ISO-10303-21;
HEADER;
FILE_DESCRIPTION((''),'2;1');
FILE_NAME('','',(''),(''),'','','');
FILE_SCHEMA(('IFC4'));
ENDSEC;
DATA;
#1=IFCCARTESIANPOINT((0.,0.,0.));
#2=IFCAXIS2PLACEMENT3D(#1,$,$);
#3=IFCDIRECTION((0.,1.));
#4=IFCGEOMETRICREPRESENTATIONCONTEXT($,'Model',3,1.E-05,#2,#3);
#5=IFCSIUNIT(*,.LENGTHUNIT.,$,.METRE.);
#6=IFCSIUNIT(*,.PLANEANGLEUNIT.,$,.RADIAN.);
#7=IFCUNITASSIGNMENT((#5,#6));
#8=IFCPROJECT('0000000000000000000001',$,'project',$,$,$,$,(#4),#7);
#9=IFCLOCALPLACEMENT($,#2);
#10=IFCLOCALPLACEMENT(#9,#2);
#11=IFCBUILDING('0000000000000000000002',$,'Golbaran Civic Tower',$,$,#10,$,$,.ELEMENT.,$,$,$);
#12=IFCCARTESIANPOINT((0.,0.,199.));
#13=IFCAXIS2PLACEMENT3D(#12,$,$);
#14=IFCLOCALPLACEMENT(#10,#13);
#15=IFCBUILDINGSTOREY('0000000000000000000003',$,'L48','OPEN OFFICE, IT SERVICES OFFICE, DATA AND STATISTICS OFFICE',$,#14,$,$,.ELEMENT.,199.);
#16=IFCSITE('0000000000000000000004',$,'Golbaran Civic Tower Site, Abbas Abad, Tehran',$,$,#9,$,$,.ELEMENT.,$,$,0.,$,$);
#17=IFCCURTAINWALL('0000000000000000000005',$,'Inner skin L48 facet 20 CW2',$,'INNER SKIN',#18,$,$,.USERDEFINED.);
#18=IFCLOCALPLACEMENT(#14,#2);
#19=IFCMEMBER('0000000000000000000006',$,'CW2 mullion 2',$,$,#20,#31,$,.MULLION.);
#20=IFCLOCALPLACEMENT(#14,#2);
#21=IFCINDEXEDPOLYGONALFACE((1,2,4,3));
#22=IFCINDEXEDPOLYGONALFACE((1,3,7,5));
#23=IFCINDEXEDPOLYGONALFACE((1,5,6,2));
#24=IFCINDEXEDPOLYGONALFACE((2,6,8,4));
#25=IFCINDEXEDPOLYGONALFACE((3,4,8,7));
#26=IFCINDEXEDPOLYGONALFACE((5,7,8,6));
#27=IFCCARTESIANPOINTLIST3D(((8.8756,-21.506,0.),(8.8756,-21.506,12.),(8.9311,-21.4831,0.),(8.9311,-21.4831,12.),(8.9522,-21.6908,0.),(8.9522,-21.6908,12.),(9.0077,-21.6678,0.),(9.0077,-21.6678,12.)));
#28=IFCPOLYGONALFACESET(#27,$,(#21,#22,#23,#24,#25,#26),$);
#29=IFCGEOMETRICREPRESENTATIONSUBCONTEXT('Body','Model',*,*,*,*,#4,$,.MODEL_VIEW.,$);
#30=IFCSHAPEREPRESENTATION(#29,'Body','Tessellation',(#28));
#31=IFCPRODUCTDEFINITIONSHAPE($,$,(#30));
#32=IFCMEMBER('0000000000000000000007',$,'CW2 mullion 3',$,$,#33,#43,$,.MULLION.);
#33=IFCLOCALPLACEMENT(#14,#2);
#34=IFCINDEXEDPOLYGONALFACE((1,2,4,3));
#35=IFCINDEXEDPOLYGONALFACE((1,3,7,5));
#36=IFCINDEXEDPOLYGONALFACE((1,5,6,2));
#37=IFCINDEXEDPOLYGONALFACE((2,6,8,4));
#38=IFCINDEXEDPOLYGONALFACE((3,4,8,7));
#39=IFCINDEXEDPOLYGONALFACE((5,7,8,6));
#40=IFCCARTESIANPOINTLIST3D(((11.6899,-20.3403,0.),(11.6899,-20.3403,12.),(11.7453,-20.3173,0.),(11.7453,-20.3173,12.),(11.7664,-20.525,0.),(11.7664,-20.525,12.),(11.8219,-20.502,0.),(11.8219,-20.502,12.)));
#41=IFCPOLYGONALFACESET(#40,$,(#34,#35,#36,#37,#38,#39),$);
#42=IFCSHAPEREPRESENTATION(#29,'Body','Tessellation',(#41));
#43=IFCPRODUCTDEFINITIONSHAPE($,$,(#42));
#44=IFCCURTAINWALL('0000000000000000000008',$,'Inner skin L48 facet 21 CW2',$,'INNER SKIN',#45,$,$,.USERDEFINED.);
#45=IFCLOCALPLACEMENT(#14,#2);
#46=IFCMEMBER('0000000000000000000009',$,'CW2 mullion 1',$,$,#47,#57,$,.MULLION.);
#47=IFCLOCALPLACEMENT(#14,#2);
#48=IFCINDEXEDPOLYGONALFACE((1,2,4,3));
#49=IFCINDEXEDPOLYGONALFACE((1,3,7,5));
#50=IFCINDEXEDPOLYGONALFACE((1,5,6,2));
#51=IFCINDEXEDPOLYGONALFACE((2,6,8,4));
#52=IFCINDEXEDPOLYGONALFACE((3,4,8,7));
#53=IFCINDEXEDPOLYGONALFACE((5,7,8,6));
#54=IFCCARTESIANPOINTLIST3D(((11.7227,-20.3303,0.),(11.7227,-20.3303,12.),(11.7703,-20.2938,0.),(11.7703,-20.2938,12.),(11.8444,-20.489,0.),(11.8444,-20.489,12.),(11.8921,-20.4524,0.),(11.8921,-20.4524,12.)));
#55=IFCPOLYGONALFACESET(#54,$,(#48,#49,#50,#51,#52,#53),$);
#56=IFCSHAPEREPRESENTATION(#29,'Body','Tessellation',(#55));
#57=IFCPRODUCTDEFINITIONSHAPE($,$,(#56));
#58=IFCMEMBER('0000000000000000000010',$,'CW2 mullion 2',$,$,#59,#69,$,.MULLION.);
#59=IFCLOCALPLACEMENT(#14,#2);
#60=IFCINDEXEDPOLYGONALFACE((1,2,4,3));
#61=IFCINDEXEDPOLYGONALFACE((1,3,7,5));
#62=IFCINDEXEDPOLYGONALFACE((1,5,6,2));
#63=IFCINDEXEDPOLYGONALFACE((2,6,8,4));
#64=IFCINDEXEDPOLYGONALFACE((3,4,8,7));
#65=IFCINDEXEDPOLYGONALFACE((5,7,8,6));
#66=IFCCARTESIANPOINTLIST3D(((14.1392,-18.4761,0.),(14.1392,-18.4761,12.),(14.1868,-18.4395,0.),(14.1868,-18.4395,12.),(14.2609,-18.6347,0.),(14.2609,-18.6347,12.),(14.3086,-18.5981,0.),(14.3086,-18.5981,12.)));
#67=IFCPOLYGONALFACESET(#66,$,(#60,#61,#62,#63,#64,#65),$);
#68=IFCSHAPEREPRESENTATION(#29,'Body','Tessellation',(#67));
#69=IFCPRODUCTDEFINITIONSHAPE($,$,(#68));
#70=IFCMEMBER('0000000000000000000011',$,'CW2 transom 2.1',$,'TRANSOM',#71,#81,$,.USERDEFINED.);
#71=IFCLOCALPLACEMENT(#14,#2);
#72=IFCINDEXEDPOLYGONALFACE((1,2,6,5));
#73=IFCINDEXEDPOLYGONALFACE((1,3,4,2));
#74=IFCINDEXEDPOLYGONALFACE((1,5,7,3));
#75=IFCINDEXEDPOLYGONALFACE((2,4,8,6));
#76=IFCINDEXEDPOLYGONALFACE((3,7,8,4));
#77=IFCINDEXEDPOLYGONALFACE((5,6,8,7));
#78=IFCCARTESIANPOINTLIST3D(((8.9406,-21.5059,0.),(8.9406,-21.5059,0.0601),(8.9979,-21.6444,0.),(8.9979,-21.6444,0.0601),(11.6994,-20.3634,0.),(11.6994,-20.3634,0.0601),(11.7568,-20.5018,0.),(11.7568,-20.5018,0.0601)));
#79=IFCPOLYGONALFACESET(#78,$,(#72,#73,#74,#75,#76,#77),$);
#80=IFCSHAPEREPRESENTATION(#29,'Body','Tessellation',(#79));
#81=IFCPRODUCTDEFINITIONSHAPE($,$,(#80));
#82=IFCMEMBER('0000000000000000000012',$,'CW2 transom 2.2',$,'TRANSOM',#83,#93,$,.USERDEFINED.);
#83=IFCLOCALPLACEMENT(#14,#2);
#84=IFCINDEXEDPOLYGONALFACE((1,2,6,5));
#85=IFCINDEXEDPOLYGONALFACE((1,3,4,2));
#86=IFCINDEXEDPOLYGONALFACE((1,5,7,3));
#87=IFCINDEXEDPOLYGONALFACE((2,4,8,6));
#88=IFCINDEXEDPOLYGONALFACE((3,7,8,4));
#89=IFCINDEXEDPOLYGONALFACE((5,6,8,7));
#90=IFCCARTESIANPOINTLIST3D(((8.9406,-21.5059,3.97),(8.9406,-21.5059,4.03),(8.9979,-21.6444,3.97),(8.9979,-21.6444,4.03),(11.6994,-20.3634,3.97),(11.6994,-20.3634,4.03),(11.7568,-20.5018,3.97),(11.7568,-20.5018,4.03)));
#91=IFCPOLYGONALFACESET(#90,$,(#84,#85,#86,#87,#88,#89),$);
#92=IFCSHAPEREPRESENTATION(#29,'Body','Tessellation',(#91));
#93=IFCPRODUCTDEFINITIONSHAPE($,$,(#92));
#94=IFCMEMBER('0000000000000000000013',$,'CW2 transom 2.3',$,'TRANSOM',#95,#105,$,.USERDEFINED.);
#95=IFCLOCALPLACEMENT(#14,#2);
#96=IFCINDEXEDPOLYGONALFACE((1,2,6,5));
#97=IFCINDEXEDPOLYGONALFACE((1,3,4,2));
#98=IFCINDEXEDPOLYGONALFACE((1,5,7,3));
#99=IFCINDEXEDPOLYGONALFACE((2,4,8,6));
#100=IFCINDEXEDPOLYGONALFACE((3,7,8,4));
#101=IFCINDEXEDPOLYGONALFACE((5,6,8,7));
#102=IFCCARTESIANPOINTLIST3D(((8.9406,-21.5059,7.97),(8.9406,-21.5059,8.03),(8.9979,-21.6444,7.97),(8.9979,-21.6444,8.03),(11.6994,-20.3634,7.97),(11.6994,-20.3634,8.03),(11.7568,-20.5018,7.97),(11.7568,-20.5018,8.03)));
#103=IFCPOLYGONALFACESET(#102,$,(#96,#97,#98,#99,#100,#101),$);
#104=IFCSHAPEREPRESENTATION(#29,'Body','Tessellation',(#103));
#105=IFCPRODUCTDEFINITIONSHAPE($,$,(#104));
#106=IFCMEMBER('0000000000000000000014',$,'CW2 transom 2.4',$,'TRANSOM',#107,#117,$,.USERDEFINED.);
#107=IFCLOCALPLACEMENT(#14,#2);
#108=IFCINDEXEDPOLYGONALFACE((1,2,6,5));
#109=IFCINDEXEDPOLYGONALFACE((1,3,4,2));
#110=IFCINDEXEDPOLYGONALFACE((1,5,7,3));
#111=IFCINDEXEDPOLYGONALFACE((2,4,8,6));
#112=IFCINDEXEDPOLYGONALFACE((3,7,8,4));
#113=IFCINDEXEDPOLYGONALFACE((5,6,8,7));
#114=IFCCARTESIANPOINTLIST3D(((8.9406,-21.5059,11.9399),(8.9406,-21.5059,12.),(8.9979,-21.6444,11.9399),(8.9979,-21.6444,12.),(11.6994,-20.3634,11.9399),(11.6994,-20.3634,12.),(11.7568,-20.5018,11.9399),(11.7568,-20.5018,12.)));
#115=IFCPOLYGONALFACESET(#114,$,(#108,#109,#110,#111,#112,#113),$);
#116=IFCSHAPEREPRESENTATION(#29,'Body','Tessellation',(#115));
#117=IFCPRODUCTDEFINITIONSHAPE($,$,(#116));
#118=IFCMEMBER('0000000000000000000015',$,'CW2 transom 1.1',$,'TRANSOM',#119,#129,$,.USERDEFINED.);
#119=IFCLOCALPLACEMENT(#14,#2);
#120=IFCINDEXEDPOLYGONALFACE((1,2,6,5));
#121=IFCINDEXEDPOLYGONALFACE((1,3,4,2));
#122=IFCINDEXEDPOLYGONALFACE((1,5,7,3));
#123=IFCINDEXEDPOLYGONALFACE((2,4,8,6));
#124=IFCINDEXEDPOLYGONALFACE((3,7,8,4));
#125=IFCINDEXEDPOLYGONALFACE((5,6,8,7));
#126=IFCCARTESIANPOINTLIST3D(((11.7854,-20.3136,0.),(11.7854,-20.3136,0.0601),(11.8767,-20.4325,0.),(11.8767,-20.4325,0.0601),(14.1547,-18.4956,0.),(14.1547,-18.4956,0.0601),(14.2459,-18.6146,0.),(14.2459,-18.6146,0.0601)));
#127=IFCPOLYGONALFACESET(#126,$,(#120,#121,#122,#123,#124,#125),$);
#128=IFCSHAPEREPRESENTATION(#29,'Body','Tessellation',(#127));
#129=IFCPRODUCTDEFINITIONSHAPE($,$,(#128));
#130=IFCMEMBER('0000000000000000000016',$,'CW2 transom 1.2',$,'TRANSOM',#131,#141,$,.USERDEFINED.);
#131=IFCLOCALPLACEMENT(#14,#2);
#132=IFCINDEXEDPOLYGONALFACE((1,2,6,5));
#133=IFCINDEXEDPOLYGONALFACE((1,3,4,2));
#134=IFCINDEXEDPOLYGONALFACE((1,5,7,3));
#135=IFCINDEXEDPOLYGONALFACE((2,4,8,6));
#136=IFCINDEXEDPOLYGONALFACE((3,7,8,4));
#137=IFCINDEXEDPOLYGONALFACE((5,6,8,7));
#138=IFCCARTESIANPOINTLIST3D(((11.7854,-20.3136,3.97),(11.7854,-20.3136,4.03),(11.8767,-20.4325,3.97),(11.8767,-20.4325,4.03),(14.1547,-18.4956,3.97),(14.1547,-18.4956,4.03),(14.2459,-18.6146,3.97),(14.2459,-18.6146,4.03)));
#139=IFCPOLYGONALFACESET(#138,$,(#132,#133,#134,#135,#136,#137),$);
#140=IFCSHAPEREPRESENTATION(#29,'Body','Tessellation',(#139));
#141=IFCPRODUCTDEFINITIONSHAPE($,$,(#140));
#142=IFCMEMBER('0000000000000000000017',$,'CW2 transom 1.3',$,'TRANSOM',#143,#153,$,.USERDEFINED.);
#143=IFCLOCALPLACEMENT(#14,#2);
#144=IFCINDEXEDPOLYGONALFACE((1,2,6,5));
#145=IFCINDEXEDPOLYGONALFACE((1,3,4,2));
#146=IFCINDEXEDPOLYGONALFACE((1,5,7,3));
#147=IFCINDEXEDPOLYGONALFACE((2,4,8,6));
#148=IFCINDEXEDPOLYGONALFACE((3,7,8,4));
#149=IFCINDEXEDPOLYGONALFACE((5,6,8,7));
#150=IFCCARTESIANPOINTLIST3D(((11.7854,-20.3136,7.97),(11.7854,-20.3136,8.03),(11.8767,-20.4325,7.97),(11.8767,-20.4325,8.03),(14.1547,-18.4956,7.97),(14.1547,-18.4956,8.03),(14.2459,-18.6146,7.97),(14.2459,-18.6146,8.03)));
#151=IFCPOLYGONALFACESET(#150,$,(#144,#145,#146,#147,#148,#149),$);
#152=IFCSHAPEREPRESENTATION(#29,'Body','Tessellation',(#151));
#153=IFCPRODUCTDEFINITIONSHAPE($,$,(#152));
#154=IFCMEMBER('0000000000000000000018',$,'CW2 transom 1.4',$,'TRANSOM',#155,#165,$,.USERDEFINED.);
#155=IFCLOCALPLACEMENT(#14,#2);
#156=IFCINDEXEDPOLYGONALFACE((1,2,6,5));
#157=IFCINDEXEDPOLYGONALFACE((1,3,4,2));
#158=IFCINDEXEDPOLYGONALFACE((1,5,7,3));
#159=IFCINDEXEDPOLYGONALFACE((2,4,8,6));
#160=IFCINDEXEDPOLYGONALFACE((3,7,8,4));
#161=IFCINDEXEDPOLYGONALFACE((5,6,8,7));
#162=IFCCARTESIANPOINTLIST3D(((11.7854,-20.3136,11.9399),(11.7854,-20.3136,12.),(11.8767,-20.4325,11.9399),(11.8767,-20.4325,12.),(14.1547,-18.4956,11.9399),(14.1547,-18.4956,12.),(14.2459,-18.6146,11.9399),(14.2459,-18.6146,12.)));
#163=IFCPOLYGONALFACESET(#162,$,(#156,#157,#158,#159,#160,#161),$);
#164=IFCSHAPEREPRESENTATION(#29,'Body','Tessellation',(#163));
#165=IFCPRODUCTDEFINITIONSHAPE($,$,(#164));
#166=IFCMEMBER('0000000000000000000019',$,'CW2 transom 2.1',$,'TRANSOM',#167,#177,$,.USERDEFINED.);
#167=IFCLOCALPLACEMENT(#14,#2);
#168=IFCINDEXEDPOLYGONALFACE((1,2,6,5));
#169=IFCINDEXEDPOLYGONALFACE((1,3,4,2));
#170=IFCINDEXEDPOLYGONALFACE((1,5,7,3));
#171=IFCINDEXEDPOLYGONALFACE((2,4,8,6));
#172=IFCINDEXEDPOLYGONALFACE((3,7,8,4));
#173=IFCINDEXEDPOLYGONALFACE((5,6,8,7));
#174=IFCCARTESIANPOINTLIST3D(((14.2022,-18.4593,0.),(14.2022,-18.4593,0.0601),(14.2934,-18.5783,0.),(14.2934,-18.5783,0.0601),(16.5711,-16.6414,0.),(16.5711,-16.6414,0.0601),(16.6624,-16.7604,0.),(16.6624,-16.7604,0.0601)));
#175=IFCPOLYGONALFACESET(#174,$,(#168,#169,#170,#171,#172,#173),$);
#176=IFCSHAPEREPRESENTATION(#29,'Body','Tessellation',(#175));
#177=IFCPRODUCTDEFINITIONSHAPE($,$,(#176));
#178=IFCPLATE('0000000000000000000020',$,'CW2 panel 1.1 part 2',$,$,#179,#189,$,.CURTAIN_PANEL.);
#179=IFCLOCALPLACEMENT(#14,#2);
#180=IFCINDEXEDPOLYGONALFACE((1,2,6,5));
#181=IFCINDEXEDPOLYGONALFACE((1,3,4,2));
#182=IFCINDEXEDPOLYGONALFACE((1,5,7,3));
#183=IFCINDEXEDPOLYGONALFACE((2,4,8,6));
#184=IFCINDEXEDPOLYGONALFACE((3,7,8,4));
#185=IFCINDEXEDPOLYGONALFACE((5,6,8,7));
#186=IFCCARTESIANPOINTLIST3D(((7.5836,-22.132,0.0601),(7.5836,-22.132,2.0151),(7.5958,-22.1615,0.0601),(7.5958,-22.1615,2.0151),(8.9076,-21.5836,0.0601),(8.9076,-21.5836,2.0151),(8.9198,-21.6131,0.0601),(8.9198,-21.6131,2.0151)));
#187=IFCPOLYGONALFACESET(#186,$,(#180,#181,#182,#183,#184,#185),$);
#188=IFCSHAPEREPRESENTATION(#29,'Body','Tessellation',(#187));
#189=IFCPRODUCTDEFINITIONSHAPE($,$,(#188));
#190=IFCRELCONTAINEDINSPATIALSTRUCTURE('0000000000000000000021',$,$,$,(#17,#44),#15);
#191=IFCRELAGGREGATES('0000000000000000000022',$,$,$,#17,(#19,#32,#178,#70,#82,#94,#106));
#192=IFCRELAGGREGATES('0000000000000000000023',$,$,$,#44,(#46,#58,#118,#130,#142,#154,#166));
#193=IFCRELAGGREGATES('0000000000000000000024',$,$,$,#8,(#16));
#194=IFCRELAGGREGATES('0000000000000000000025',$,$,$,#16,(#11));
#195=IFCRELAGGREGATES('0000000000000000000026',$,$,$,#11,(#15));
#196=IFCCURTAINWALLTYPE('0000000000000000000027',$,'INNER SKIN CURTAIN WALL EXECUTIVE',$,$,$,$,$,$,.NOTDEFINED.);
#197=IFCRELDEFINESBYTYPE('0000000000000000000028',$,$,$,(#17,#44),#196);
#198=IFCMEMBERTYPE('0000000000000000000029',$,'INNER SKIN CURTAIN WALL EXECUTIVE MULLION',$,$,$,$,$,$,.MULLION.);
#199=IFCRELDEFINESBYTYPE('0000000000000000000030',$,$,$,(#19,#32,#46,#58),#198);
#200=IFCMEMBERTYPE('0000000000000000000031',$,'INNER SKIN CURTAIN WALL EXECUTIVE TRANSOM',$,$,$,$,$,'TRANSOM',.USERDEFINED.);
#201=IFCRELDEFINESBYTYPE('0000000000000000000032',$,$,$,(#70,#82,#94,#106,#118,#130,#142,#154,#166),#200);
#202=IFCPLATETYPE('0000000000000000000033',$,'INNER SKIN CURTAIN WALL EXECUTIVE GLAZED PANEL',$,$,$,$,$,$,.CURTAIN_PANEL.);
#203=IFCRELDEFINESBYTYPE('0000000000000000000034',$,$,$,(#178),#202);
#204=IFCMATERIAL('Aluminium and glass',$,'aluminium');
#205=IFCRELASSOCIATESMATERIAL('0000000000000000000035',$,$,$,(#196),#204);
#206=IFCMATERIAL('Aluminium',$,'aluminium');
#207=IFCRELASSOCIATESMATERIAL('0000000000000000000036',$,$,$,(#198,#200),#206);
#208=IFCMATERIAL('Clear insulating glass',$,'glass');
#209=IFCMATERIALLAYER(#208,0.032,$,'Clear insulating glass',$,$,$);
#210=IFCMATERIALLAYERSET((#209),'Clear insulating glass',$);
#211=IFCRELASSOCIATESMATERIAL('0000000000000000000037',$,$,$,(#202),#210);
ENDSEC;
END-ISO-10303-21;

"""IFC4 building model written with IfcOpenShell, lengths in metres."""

from ifc_helpers import new_model, si_unit, direction, frame, origin, origin_2d, place, context, subcontext, project, spatial, rectangle, extrude, material, layer, layer_set, material_profile, profile_set, type_object, element, aggregate, save


model = new_model("IFC4")

# Units and contexts
model_context = context("Model", 3, precision=1e-05, world=origin(), true_north=direction((0.0, 1.0)))
body_context = subcontext(model_context, "Body", "Model", "MODEL_VIEW")
ifc_project = project(units=[si_unit("LENGTHUNIT", "METRE"), si_unit("PLANEANGLEUNIT", "RADIAN")], contexts=[model_context])

# Site, building, storey
site_placement = place(None, origin())
site = spatial("IfcSite", under=ifc_project, at=site_placement, Name="Golbaran Civic Tower Site, Abbas Abad, Tehran", CompositionType="ELEMENT", RefElevation=0.0)
building_placement = place(site_placement, origin())
building = spatial("IfcBuilding", under=site, at=building_placement, Name="Golbaran Civic Tower", CompositionType="ELEMENT")
storey_placement = place(building_placement, frame((0.0, 0.0, 199.0)))
storey = spatial("IfcBuildingStorey", under=building, at=storey_placement, Name="L48", Description="OPEN OFFICE, IT SERVICES OFFICE, DATA AND STATISTICS OFFICE", CompositionType="ELEMENT", Elevation=199.0)

# Curtain walls, members
ifc_material_1 = material(Name="Aluminium and glass", Category="aluminium")
curtain_wall_type_1 = type_object("IfcCurtainWallType", Name="INNER SKIN CURTAIN WALL EXECUTIVE", PredefinedType="NOTDEFINED", material=ifc_material_1)
curtain_wall_1_placement = place(storey_placement, origin())
curtain_wall_1 = element("IfcCurtainWall", 1, at=curtain_wall_1_placement, inside=storey, type_object=curtain_wall_type_1, Name="Inner skin L48 facet 20 CW2", ObjectType="INNER SKIN", PredefinedType="USERDEFINED")
ifc_material_2 = material(Name="Aluminium", Category="aluminium")
ifc_material_profile_1 = material_profile(ifc_material_2, rectangle(XDim=0.2, YDim=0.0601, at=origin_2d()), Name="INNER SKIN CURTAIN WALL EXECUTIVE MULLION")
ifc_profile_set_1 = profile_set([ifc_material_profile_1], Name="Aluminium")
member_type_1 = type_object("IfcMemberType", Name="INNER SKIN CURTAIN WALL EXECUTIVE MULLION", PredefinedType="MULLION", material=ifc_profile_set_1)
member_1_placement = place(storey_placement, frame((8.9417, -21.5869, 0.0), z_axis=(0.0, 0.0, 1.0), x_axis=(-0.382683, 0.92388, 0.0)))
member_1 = element("IfcMember", 2, at=member_1_placement, type_object=member_type_1, Name="CW2 mullion 2", PredefinedType="MULLION", context=body_context, shape_type="SweptSolid", body=[
    extrude(rectangle(XDim=0.2, YDim=0.0601, at=origin_2d()), origin(), (0.0, 0.0, 1.0), 12.0),
])
member_2_placement = place(storey_placement, frame((11.7559, -20.4211, 0.0), z_axis=(0.0, 0.0, 1.0), x_axis=(-0.382683, 0.92388, 0.0)))
member_2 = element("IfcMember", 3, at=member_2_placement, type_object=member_type_1, Name="CW2 mullion 3", PredefinedType="MULLION", context=body_context, shape_type="SweptSolid", body=[
    extrude(rectangle(XDim=0.2, YDim=0.0601, at=origin_2d()), origin(), (0.0, 0.0, 1.0), 12.0),
])
curtain_wall_2_placement = place(storey_placement, origin())
curtain_wall_2 = element("IfcCurtainWall", 4, at=curtain_wall_2_placement, inside=storey, type_object=curtain_wall_type_1, Name="Inner skin L48 facet 21 CW2", ObjectType="INNER SKIN", PredefinedType="USERDEFINED")
member_3_placement = place(storey_placement, frame((11.8074, -20.3914, 0.0), z_axis=(0.0, 0.0, 1.0), x_axis=(-0.608761, 0.793353, 0.0)))
member_3 = element("IfcMember", 5, at=member_3_placement, type_object=member_type_1, Name="CW2 mullion 1", PredefinedType="MULLION", context=body_context, shape_type="SweptSolid", body=[
    extrude(rectangle(XDim=0.2, YDim=0.0601, at=origin_2d()), origin(), (0.0, 0.0, 1.0), 12.0),
])
member_4_placement = place(storey_placement, frame((14.2239, -18.5371, 0.0), z_axis=(0.0, 0.0, 1.0), x_axis=(-0.608761, 0.793353, 0.0)))
member_4 = element("IfcMember", 6, at=member_4_placement, type_object=member_type_1, Name="CW2 mullion 2", PredefinedType="MULLION", context=body_context, shape_type="SweptSolid", body=[
    extrude(rectangle(XDim=0.2, YDim=0.0601, at=origin_2d()), origin(), (0.0, 0.0, 1.0), 12.0),
])

# Members
ifc_material_profile_2 = material_profile(ifc_material_2, rectangle(XDim=0.1499, YDim=0.0601, at=origin_2d()), Name="INNER SKIN CURTAIN WALL EXECUTIVE TRANSOM")
ifc_profile_set_2 = profile_set([ifc_material_profile_2], Name="Aluminium")
member_type_2 = type_object("IfcMemberType", Name="INNER SKIN CURTAIN WALL EXECUTIVE TRANSOM", ElementType="TRANSOM", PredefinedType="USERDEFINED", material=ifc_profile_set_2)
member_5_placement = place(storey_placement, frame((8.9692, -21.5752, 0.03), z_axis=(0.923897, 0.382641, 0.0), x_axis=(-0.382641, 0.923897, 0.0)))
member_5 = element("IfcMember", 7, at=member_5_placement, type_object=member_type_2, Name="CW2 transom 2.1", ObjectType="TRANSOM", PredefinedType="USERDEFINED", context=body_context, shape_type="SweptSolid", body=[
    extrude(rectangle(XDim=0.1499, YDim=0.0601, at=origin_2d()), origin(), (0.0, 0.0, 1.0), 2.9861),
])
member_6_placement = place(storey_placement, frame((8.9692, -21.5752, 4.0), z_axis=(0.923897, 0.382641, 0.0), x_axis=(-0.382641, 0.923897, 0.0)))
member_6 = element("IfcMember", 8, at=member_6_placement, type_object=member_type_2, Name="CW2 transom 2.2", ObjectType="TRANSOM", PredefinedType="USERDEFINED", context=body_context, shape_type="SweptSolid", body=[
    extrude(rectangle(XDim=0.1499, YDim=0.0601, at=origin_2d()), origin(), (0.0, 0.0, 1.0), 2.9861),
])
member_7_placement = place(storey_placement, frame((8.9692, -21.5752, 8.0), z_axis=(0.923897, 0.382641, 0.0), x_axis=(-0.382641, 0.923897, 0.0)))
member_7 = element("IfcMember", 9, at=member_7_placement, type_object=member_type_2, Name="CW2 transom 2.3", ObjectType="TRANSOM", PredefinedType="USERDEFINED", context=body_context, shape_type="SweptSolid", body=[
    extrude(rectangle(XDim=0.1499, YDim=0.0601, at=origin_2d()), origin(), (0.0, 0.0, 1.0), 2.9861),
])
member_8_placement = place(storey_placement, frame((8.9692, -21.5752, 11.97), z_axis=(0.923897, 0.382641, 0.0), x_axis=(-0.382641, 0.923897, 0.0)))
member_8 = element("IfcMember", 10, at=member_8_placement, type_object=member_type_2, Name="CW2 transom 2.4", ObjectType="TRANSOM", PredefinedType="USERDEFINED", context=body_context, shape_type="SweptSolid", body=[
    extrude(rectangle(XDim=0.1499, YDim=0.0601, at=origin_2d()), origin(), (0.0, 0.0, 1.0), 2.9861),
])
member_9_placement = place(storey_placement, frame((11.8311, -20.373, 0.03), z_axis=(0.793359, 0.608754, 0.0), x_axis=(-0.608754, 0.793359, 0.0)))
member_9 = element("IfcMember", 11, at=member_9_placement, type_object=member_type_2, Name="CW2 transom 1.1", ObjectType="TRANSOM", PredefinedType="USERDEFINED", context=body_context, shape_type="SweptSolid", body=[
    extrude(rectangle(XDim=0.1499, YDim=0.0601, at=origin_2d()), origin(), (0.0, 0.0, 1.0), 2.9863),
])
member_10_placement = place(storey_placement, frame((11.8311, -20.373, 4.0), z_axis=(0.793359, 0.608754, 0.0), x_axis=(-0.608754, 0.793359, 0.0)))
member_10 = element("IfcMember", 12, at=member_10_placement, type_object=member_type_2, Name="CW2 transom 1.2", ObjectType="TRANSOM", PredefinedType="USERDEFINED", context=body_context, shape_type="SweptSolid", body=[
    extrude(rectangle(XDim=0.1499, YDim=0.0601, at=origin_2d()), origin(), (0.0, 0.0, 1.0), 2.9863),
])
member_11_placement = place(storey_placement, frame((11.8311, -20.373, 8.0), z_axis=(0.793359, 0.608754, 0.0), x_axis=(-0.608754, 0.793359, 0.0)))
member_11 = element("IfcMember", 13, at=member_11_placement, type_object=member_type_2, Name="CW2 transom 1.3", ObjectType="TRANSOM", PredefinedType="USERDEFINED", context=body_context, shape_type="SweptSolid", body=[
    extrude(rectangle(XDim=0.1499, YDim=0.0601, at=origin_2d()), origin(), (0.0, 0.0, 1.0), 2.9863),
])
member_12_placement = place(storey_placement, frame((11.8311, -20.373, 11.97), z_axis=(0.793359, 0.608754, 0.0), x_axis=(-0.608754, 0.793359, 0.0)))
member_12 = element("IfcMember", 14, at=member_12_placement, type_object=member_type_2, Name="CW2 transom 1.4", ObjectType="TRANSOM", PredefinedType="USERDEFINED", context=body_context, shape_type="SweptSolid", body=[
    extrude(rectangle(XDim=0.1499, YDim=0.0601, at=origin_2d()), origin(), (0.0, 0.0, 1.0), 2.9863),
])
member_13_placement = place(storey_placement, frame((14.2478, -18.5188, 0.03), z_axis=(0.793329, 0.608794, 0.0), x_axis=(-0.608794, 0.793329, 0.0)))
member_13 = element("IfcMember", 15, at=member_13_placement, type_object=member_type_2, Name="CW2 transom 2.1", ObjectType="TRANSOM", PredefinedType="USERDEFINED", context=body_context, shape_type="SweptSolid", body=[
    extrude(rectangle(XDim=0.1499, YDim=0.0601, at=origin_2d()), origin(), (0.0, 0.0, 1.0), 2.9861),
])

# Plate
ifc_material_3 = material(Name="Clear insulating glass", Category="glass")
ifc_layer_1 = layer(ifc_material_3, 0.032, Name="Clear insulating glass")
ifc_layer_set_1 = layer_set([ifc_layer_1], Name="Clear insulating glass")
plate_type_1 = type_object("IfcPlateType", Name="INNER SKIN CURTAIN WALL EXECUTIVE GLAZED PANEL", PredefinedType="CURTAIN_PANEL", material=ifc_layer_set_1)
plate_1_placement = place(storey_placement, frame((8.2517, -21.8726, 0.0601), z_axis=(0.0, 0.0, 1.0), x_axis=(0.92388, 0.382683, 0.0)))
plate_1 = element("IfcPlate", 16, at=plate_1_placement, type_object=plate_type_1, Name="CW2 panel 1.1 part 2", PredefinedType="CURTAIN_PANEL", context=body_context, shape_type="SweptSolid", body=[
    extrude(rectangle(XDim=1.4331, YDim=0.032, at=origin_2d()), origin(), (0.0, 0.0, 1.0), 1.9551),
])
aggregate(curtain_wall_1, [member_1, member_2, plate_1, member_5, member_6, member_7, member_8])
aggregate(curtain_wall_2, [member_3, member_4, member_9, member_10, member_11, member_12, member_13])

save(model, "model.ifc")
